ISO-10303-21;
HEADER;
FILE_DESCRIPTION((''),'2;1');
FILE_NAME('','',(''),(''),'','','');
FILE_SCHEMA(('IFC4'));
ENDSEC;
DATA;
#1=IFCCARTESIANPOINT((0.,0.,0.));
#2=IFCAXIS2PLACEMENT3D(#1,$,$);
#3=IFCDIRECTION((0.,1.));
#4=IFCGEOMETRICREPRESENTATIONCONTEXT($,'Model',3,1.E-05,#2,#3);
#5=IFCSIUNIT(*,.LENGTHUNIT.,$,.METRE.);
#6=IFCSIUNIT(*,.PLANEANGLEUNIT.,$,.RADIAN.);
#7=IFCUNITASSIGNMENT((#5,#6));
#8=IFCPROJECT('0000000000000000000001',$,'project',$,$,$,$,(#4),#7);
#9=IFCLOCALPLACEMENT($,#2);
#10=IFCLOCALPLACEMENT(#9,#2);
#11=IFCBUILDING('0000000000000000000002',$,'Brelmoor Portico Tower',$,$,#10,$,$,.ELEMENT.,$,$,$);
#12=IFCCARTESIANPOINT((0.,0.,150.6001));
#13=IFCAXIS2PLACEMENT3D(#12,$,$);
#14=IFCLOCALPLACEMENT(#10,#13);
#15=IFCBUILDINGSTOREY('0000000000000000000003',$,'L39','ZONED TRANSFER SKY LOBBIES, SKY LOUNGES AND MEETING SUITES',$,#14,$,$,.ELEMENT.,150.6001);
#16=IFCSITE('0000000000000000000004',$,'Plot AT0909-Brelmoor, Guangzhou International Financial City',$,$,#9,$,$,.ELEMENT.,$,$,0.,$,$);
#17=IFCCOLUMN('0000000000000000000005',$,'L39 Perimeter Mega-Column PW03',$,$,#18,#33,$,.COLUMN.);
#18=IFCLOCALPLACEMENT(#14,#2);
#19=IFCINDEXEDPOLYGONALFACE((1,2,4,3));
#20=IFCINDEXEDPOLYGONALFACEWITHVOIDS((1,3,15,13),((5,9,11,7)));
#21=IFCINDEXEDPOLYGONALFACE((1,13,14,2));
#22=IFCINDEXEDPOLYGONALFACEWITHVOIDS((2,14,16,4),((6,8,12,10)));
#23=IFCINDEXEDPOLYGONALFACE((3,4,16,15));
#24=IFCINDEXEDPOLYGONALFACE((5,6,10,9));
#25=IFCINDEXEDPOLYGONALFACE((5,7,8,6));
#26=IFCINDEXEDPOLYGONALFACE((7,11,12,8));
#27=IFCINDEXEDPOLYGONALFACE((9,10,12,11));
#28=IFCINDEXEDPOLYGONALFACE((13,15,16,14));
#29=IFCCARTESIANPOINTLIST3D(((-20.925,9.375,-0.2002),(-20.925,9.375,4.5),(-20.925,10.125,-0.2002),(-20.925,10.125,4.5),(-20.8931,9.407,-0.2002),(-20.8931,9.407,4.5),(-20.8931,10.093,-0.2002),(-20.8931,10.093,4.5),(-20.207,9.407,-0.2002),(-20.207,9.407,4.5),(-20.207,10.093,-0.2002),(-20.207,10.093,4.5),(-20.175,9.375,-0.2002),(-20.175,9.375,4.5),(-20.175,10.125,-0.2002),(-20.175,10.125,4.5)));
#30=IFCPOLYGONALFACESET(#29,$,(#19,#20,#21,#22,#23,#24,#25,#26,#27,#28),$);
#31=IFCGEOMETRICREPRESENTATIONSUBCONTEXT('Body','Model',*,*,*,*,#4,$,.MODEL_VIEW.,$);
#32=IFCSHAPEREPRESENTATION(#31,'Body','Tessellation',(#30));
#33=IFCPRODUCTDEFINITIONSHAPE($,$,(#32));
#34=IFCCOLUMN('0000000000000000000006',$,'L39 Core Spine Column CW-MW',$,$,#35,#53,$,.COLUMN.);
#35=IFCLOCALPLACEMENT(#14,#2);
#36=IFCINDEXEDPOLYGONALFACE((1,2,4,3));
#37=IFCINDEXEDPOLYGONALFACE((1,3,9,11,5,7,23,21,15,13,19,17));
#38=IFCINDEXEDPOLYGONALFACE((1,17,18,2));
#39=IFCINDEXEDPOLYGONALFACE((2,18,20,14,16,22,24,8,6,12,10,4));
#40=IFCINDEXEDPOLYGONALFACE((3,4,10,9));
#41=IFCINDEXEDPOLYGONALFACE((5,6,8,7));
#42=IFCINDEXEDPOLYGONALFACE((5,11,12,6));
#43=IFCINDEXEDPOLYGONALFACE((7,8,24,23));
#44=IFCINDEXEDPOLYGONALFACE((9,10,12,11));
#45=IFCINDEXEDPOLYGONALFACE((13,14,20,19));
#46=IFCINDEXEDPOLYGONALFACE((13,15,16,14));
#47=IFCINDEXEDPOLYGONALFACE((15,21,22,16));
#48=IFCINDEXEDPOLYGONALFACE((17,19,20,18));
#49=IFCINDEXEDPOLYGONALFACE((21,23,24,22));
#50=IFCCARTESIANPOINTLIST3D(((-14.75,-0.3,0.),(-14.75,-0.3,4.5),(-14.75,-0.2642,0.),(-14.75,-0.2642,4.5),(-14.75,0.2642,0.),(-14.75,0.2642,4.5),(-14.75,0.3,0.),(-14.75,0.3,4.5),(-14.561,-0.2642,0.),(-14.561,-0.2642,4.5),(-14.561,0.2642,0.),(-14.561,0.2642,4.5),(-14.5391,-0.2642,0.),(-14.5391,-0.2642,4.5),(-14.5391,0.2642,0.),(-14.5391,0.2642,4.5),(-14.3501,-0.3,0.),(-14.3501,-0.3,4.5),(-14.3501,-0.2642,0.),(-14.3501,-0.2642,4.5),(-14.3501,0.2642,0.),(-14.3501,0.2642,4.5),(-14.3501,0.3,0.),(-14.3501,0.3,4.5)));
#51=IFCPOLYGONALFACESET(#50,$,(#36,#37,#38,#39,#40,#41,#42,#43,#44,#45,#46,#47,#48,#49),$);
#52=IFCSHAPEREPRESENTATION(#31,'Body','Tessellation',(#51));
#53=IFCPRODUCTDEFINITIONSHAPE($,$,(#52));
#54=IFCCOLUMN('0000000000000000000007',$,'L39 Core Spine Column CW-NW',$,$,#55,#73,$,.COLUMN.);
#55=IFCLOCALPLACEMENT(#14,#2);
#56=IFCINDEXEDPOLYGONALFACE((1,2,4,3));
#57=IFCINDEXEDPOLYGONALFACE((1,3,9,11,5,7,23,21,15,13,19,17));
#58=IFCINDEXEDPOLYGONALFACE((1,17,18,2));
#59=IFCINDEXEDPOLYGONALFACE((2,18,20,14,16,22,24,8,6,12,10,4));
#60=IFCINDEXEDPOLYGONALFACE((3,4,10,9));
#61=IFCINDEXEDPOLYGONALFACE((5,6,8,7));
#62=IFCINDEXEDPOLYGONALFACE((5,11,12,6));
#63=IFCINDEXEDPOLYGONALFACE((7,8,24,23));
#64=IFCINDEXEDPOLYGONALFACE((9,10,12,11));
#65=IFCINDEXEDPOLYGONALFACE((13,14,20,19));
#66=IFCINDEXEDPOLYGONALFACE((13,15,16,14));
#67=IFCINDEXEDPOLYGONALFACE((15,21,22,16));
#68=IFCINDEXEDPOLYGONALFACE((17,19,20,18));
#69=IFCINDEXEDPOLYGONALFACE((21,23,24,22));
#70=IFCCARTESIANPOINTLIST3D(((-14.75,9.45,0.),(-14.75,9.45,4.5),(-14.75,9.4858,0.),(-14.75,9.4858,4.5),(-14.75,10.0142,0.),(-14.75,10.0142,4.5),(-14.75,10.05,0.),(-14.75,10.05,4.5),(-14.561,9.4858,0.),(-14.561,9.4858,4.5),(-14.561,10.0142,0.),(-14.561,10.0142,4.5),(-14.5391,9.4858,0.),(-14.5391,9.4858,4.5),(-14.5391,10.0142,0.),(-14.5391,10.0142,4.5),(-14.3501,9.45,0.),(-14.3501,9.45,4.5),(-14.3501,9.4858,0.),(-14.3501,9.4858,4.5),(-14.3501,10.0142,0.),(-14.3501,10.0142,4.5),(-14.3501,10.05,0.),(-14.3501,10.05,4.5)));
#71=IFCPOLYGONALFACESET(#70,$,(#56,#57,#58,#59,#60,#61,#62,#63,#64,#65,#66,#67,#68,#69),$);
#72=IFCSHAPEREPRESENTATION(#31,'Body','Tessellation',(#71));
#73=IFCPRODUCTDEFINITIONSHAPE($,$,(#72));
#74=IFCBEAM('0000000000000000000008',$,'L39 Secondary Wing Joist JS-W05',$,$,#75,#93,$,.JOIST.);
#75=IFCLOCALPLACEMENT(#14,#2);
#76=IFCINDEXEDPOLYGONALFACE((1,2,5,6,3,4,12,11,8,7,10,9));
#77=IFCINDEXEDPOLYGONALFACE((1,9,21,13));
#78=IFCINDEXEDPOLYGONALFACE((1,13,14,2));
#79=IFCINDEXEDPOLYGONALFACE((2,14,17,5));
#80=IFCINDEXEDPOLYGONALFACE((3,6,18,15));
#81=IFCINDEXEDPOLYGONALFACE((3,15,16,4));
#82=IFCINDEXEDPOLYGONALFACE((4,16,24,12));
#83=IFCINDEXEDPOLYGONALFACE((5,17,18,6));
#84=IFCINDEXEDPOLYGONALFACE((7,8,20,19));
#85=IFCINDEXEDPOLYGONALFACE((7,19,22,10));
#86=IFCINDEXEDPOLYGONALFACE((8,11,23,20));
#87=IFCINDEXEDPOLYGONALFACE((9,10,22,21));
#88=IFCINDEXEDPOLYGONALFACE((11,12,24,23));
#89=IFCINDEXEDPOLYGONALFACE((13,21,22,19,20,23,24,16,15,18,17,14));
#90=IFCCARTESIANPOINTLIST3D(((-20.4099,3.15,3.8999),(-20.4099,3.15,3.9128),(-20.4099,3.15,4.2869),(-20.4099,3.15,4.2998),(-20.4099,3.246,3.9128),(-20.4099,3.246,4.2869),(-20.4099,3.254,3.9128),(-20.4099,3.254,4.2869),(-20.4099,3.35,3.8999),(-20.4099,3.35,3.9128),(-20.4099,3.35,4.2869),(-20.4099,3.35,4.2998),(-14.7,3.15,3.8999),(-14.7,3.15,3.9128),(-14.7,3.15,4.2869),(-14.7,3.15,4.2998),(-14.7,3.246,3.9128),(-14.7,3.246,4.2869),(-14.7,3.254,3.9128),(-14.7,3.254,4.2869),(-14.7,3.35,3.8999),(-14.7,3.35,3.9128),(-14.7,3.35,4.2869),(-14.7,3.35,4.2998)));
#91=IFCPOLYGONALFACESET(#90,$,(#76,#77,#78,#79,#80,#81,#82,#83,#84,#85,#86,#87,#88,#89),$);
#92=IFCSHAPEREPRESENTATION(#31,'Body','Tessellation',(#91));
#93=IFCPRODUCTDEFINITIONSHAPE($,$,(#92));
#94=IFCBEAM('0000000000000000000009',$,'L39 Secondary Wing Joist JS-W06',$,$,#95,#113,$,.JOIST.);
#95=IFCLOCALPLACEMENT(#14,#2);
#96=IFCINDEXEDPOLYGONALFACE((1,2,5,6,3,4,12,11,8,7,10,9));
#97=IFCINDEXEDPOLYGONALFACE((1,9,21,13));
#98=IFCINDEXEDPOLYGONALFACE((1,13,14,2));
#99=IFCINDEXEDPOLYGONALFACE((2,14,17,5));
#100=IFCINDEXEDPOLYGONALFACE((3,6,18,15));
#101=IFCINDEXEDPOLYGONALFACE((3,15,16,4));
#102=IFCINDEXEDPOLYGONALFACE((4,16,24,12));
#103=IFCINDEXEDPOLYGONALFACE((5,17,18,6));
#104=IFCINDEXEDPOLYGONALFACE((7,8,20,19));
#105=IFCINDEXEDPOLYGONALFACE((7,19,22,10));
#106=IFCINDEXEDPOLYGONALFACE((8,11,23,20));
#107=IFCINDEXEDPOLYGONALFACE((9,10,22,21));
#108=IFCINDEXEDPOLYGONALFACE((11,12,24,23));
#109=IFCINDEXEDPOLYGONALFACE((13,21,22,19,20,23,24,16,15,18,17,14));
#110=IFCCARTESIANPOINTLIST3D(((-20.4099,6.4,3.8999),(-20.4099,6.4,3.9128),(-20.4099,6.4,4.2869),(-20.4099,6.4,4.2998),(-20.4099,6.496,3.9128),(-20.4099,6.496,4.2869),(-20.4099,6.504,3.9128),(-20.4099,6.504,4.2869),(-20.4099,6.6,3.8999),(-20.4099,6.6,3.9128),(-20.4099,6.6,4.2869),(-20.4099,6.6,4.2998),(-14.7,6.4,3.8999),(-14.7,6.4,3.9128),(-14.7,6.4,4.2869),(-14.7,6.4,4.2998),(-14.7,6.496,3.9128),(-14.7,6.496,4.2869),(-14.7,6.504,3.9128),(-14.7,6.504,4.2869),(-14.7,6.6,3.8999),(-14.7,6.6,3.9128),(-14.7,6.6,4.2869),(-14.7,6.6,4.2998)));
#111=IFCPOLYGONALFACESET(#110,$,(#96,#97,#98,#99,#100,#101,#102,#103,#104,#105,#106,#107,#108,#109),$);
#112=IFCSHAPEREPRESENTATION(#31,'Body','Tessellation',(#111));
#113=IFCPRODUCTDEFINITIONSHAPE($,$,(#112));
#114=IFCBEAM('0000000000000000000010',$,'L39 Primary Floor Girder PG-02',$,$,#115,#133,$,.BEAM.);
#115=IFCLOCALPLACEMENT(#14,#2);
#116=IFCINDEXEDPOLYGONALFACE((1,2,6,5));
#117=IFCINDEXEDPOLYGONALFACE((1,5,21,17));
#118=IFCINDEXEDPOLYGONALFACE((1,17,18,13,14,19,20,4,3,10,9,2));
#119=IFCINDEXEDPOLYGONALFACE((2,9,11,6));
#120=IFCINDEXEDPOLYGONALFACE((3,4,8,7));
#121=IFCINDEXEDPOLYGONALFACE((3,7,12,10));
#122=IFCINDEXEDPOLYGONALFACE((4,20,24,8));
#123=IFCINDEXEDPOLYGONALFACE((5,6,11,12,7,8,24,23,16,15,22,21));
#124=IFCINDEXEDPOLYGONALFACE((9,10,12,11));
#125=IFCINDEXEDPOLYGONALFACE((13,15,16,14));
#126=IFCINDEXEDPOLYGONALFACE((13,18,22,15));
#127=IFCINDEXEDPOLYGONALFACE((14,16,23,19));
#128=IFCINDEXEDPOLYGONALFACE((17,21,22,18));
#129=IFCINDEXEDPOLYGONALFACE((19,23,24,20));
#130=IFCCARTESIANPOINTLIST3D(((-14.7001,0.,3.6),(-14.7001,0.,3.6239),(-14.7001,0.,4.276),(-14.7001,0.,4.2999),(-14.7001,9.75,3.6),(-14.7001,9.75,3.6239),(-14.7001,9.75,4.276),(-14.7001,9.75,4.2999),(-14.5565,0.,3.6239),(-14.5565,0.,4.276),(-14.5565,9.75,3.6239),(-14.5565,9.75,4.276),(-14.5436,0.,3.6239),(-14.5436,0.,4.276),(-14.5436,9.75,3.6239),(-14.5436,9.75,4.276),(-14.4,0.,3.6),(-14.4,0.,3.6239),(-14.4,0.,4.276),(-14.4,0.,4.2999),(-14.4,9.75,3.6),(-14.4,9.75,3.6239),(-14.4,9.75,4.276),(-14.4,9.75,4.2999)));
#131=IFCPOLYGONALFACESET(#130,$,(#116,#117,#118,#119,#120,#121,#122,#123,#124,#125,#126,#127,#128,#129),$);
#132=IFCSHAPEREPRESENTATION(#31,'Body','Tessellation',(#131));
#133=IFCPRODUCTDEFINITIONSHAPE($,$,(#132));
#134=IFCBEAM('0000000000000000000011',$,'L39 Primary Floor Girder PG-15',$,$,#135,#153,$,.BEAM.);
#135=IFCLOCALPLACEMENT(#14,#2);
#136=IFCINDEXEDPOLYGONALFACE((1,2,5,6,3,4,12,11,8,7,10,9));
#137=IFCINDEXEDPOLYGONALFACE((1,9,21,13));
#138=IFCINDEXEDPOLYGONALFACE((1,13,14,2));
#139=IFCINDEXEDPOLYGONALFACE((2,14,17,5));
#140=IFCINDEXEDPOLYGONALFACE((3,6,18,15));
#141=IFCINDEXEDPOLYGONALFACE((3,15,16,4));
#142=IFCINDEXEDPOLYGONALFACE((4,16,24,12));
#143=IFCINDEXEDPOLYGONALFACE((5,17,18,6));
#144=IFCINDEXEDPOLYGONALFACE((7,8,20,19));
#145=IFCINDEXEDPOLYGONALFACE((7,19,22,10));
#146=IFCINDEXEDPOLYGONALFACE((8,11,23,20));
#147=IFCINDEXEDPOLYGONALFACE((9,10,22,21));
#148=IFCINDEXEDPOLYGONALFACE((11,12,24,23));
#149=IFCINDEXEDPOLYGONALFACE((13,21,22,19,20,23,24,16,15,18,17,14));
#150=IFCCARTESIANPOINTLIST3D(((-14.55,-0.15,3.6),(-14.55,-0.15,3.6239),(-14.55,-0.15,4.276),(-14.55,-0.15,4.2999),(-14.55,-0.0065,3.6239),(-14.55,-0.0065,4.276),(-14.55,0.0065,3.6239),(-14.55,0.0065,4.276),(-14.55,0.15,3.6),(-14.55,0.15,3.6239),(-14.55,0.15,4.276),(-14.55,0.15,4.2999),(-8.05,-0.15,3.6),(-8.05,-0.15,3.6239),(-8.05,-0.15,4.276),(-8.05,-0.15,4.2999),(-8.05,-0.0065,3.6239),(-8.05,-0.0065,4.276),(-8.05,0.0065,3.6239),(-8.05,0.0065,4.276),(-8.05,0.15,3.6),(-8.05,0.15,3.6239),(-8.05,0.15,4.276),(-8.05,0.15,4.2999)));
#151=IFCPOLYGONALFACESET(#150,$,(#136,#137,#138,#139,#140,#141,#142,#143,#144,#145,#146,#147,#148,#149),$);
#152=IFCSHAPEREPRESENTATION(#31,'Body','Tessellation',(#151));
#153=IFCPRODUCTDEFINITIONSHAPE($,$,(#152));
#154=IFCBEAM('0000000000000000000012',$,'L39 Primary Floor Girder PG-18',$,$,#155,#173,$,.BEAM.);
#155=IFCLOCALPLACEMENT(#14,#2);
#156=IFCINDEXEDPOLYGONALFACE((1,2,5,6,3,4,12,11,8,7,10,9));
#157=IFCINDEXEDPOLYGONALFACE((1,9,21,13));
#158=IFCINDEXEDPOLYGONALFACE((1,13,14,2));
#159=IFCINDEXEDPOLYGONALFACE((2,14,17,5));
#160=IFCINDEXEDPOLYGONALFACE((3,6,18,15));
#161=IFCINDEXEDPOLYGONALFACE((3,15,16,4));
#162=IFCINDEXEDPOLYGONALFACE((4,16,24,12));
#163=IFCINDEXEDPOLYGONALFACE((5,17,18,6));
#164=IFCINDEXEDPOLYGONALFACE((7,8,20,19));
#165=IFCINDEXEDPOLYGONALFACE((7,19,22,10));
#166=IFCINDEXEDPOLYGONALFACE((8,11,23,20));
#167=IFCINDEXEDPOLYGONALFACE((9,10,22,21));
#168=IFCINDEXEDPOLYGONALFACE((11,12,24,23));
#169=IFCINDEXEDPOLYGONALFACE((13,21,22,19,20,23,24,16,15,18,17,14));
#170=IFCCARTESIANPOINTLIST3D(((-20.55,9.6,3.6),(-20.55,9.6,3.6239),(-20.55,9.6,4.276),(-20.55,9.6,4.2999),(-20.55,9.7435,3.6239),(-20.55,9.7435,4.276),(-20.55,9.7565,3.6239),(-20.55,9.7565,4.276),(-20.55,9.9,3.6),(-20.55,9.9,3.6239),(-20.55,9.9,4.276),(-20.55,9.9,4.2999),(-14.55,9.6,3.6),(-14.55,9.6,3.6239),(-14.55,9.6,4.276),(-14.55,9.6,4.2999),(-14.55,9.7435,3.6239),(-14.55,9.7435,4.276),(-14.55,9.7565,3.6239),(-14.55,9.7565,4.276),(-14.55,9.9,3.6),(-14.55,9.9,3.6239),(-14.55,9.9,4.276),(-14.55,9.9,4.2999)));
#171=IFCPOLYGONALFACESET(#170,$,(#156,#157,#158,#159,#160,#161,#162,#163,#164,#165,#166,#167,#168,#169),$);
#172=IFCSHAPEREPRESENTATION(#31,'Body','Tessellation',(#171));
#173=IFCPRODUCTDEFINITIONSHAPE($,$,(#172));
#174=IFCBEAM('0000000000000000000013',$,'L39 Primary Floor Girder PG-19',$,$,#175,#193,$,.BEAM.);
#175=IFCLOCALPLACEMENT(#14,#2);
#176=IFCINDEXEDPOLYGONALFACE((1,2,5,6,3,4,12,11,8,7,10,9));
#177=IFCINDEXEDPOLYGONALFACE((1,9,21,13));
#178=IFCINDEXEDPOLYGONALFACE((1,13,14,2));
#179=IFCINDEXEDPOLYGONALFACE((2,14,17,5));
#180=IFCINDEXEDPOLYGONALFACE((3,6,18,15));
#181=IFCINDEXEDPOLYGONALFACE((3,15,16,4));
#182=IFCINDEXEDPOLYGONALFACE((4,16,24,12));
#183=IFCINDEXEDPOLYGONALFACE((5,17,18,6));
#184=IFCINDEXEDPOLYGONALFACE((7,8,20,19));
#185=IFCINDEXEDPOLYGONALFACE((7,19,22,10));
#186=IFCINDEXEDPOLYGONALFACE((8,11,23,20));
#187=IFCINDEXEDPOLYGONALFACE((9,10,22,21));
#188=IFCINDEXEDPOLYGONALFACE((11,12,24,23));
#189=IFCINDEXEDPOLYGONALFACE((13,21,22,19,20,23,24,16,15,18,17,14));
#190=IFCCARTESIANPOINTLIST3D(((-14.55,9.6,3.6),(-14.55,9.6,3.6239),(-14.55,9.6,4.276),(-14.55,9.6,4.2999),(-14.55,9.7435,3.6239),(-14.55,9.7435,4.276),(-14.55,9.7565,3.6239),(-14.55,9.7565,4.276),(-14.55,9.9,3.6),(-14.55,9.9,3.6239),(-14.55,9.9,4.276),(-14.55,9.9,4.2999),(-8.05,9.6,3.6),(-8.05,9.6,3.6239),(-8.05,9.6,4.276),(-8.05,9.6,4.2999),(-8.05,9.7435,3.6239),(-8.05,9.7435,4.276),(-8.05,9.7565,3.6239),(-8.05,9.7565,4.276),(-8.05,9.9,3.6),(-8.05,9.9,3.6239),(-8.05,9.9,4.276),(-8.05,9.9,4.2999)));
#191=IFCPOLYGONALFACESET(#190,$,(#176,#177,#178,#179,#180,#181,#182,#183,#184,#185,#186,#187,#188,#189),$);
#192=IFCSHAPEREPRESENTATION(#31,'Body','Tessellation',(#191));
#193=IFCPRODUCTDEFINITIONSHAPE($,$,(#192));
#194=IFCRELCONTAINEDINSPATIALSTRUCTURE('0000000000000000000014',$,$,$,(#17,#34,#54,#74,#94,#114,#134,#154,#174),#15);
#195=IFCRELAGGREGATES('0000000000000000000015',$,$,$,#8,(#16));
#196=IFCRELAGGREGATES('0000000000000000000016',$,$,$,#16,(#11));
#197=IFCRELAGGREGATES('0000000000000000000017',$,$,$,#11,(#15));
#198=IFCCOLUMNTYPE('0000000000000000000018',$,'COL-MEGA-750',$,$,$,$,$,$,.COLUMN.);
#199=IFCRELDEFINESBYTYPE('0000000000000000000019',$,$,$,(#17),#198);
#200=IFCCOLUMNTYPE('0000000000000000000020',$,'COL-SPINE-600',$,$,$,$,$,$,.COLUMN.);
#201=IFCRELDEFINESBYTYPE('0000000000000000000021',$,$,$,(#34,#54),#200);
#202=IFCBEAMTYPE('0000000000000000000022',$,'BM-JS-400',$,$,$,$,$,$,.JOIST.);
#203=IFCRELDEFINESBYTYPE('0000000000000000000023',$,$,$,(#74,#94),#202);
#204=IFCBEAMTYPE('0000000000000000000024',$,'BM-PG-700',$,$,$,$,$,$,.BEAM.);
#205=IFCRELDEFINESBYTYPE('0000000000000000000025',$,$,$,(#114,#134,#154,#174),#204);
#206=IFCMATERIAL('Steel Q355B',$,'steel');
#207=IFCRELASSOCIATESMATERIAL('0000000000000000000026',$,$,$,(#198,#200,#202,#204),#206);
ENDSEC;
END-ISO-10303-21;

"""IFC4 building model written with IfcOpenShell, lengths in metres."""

from ifc_helpers import new_model, si_unit, direction, frame, origin, origin_2d, place, context, subcontext, project, spatial, hollow_rectangle, i_section, extrude, material, material_profile, profile_set, type_object, element, save


model = new_model("IFC4")

# Units and contexts
model_context = context("Model", 3, precision=1e-05, world=origin(), true_north=direction((0.0, 1.0)))
body_context = subcontext(model_context, "Body", "Model", "MODEL_VIEW")
ifc_project = project(units=[si_unit("LENGTHUNIT", "METRE"), si_unit("PLANEANGLEUNIT", "RADIAN")], contexts=[model_context])

# Site, building, storey
site_placement = place(None, origin())
site = spatial("IfcSite", under=ifc_project, at=site_placement, Name="Plot AT0909-Brelmoor, Guangzhou International Financial City", CompositionType="ELEMENT", RefElevation=0.0)
building_placement = place(site_placement, origin())
building = spatial("IfcBuilding", under=site, at=building_placement, Name="Brelmoor Portico Tower", CompositionType="ELEMENT")
storey_placement = place(building_placement, frame((0.0, 0.0, 150.6001)))
storey = spatial("IfcBuildingStorey", under=building, at=storey_placement, Name="L39", Description="ZONED TRANSFER SKY LOBBIES, SKY LOUNGES AND MEETING SUITES", CompositionType="ELEMENT", Elevation=150.6001)

# Columns
ifc_material_1 = material(Name="Steel Q355B", Category="steel")
ifc_material_profile_1 = material_profile(ifc_material_1, hollow_rectangle(XDim=0.75, YDim=0.75, WallThickness=0.032, at=origin_2d()), Name="BOX 750x750x32")
ifc_profile_set_1 = profile_set([ifc_material_profile_1], Name="Steel Q355B")
column_type_1 = type_object("IfcColumnType", Name="COL-MEGA-750", PredefinedType="COLUMN", material=ifc_profile_set_1)
column_placement = place(storey_placement, frame((-20.55, 9.75, -0.2002), z_axis=(0.0, 0.0, 1.0), x_axis=(0.0, 1.0, 0.0)))
element("IfcColumn", 1, at=column_placement, inside=storey, type_object=column_type_1, Name="L39 Perimeter Mega-Column PW03", PredefinedType="COLUMN", context=body_context, shape_type="SweptSolid", body=[
    extrude(hollow_rectangle(XDim=0.75, YDim=0.75, WallThickness=0.032, at=origin_2d()), origin(), (0.0, 0.0, 1.0), 4.7002),
])
ifc_material_profile_2 = material_profile(ifc_material_1, i_section(OverallWidth=0.3999, OverallDepth=0.6001, WebThickness=0.022, FlangeThickness=0.0359, at=origin_2d()), Name="HW 600x400x22x36")
ifc_profile_set_2 = profile_set([ifc_material_profile_2], Name="Steel Q355B")
column_type_2 = type_object("IfcColumnType", Name="COL-SPINE-600", PredefinedType="COLUMN", material=ifc_profile_set_2)
for number, where, z_axis, x_axis, name in (
    (2, (-14.55, 0.0, 0.0), (0.0, 0.0, 1.0), (1.0, 0.0, 0.0), "L39 Core Spine Column CW-MW"),
    (3, (-14.55, 9.75, 0.0), (0.0, 0.0, 1.0), (1.0, 0.0, 0.0), "L39 Core Spine Column CW-NW"),
):
    element("IfcColumn", number, at=place(storey_placement, frame(where, z_axis=z_axis, x_axis=x_axis)), inside=storey, type_object=column_type_2, Name=name, PredefinedType="COLUMN", context=body_context, shape_type="SweptSolid", body=[
        extrude(i_section(OverallWidth=0.3999, OverallDepth=0.6001, WebThickness=0.022, FlangeThickness=0.0359, at=origin_2d()), origin(), (0.0, 0.0, 1.0), 4.5),
    ])

# Beams
ifc_material_profile_3 = material_profile(ifc_material_1, i_section(OverallWidth=0.2, OverallDepth=0.3999, WebThickness=0.0081, FlangeThickness=0.0129, at=origin_2d()), Name="HN 400x200x8x13")
ifc_profile_set_3 = profile_set([ifc_material_profile_3], Name="Steel Q355B")
beam_type_1 = type_object("IfcBeamType", Name="BM-JS-400", PredefinedType="JOIST", material=ifc_profile_set_3)
for number, where, z_axis, x_axis, name in (
    (4, (-20.4099, 3.25, 4.0999), (1.0, 0.0, 0.0), (0.0, 1.0, 0.0), "L39 Secondary Wing Joist JS-W05"),
    (5, (-20.4099, 6.5, 4.0999), (1.0, 0.0, 0.0), (0.0, 1.0, 0.0), "L39 Secondary Wing Joist JS-W06"),
):
    element("IfcBeam", number, at=place(storey_placement, frame(where, z_axis=z_axis, x_axis=x_axis)), inside=storey, type_object=beam_type_1, Name=name, PredefinedType="JOIST", context=body_context, shape_type="SweptSolid", body=[
        extrude(i_section(OverallWidth=0.2, OverallDepth=0.3999, WebThickness=0.0081, FlangeThickness=0.0129, at=origin_2d()), origin(), (0.0, 0.0, 1.0), 5.71),
    ])
ifc_material_profile_4 = material_profile(ifc_material_1, i_section(OverallWidth=0.3, OverallDepth=0.7, WebThickness=0.0129, FlangeThickness=0.0239, at=origin_2d()), Name="HN 700x300x13x24")
ifc_profile_set_4 = profile_set([ifc_material_profile_4], Name="Steel Q355B")
beam_type_2 = type_object("IfcBeamType", Name="BM-PG-700", PredefinedType="BEAM", material=ifc_profile_set_4)
beam_1_placement = place(storey_placement, frame((-14.55, 0.0, 3.95), z_axis=(0.0, 1.0, 0.0), x_axis=(-1.0, 0.0, 0.0)))
element("IfcBeam", 6, at=beam_1_placement, inside=storey, type_object=beam_type_2, Name="L39 Primary Floor Girder PG-02", PredefinedType="BEAM", context=body_context, shape_type="SweptSolid", body=[
    extrude(i_section(OverallWidth=0.3, OverallDepth=0.7, WebThickness=0.0129, FlangeThickness=0.0239, at=origin_2d()), origin(), (0.0, 0.0, 1.0), 9.75),
])
beam_2_placement = place(storey_placement, frame((-14.55, 0.0, 3.95), z_axis=(1.0, 0.0, 0.0), x_axis=(0.0, 1.0, 0.0)))
element("IfcBeam", 7, at=beam_2_placement, inside=storey, type_object=beam_type_2, Name="L39 Primary Floor Girder PG-15", PredefinedType="BEAM", context=body_context, shape_type="SweptSolid", body=[
    extrude(i_section(OverallWidth=0.3, OverallDepth=0.7, WebThickness=0.0129, FlangeThickness=0.0239, at=origin_2d()), origin(), (0.0, 0.0, 1.0), 6.5),
])
beam_3_placement = place(storey_placement, frame((-20.55, 9.75, 3.95), z_axis=(1.0, 0.0, 0.0), x_axis=(0.0, 1.0, 0.0)))
element("IfcBeam", 8, at=beam_3_placement, inside=storey, type_object=beam_type_2, Name="L39 Primary Floor Girder PG-18", PredefinedType="BEAM", context=body_context, shape_type="SweptSolid", body=[
    extrude(i_section(OverallWidth=0.3, OverallDepth=0.7, WebThickness=0.0129, FlangeThickness=0.0239, at=origin_2d()), origin(), (0.0, 0.0, 1.0), 6.0),
])
beam_4_placement = place(storey_placement, frame((-14.55, 9.75, 3.95), z_axis=(1.0, 0.0, 0.0), x_axis=(0.0, 1.0, 0.0)))
element("IfcBeam", 9, at=beam_4_placement, inside=storey, type_object=beam_type_2, Name="L39 Primary Floor Girder PG-19", PredefinedType="BEAM", context=body_context, shape_type="SweptSolid", body=[
    extrude(i_section(OverallWidth=0.3, OverallDepth=0.7, WebThickness=0.0129, FlangeThickness=0.0239, at=origin_2d()), origin(), (0.0, 0.0, 1.0), 6.5),
])

save(model, "model.ifc")
